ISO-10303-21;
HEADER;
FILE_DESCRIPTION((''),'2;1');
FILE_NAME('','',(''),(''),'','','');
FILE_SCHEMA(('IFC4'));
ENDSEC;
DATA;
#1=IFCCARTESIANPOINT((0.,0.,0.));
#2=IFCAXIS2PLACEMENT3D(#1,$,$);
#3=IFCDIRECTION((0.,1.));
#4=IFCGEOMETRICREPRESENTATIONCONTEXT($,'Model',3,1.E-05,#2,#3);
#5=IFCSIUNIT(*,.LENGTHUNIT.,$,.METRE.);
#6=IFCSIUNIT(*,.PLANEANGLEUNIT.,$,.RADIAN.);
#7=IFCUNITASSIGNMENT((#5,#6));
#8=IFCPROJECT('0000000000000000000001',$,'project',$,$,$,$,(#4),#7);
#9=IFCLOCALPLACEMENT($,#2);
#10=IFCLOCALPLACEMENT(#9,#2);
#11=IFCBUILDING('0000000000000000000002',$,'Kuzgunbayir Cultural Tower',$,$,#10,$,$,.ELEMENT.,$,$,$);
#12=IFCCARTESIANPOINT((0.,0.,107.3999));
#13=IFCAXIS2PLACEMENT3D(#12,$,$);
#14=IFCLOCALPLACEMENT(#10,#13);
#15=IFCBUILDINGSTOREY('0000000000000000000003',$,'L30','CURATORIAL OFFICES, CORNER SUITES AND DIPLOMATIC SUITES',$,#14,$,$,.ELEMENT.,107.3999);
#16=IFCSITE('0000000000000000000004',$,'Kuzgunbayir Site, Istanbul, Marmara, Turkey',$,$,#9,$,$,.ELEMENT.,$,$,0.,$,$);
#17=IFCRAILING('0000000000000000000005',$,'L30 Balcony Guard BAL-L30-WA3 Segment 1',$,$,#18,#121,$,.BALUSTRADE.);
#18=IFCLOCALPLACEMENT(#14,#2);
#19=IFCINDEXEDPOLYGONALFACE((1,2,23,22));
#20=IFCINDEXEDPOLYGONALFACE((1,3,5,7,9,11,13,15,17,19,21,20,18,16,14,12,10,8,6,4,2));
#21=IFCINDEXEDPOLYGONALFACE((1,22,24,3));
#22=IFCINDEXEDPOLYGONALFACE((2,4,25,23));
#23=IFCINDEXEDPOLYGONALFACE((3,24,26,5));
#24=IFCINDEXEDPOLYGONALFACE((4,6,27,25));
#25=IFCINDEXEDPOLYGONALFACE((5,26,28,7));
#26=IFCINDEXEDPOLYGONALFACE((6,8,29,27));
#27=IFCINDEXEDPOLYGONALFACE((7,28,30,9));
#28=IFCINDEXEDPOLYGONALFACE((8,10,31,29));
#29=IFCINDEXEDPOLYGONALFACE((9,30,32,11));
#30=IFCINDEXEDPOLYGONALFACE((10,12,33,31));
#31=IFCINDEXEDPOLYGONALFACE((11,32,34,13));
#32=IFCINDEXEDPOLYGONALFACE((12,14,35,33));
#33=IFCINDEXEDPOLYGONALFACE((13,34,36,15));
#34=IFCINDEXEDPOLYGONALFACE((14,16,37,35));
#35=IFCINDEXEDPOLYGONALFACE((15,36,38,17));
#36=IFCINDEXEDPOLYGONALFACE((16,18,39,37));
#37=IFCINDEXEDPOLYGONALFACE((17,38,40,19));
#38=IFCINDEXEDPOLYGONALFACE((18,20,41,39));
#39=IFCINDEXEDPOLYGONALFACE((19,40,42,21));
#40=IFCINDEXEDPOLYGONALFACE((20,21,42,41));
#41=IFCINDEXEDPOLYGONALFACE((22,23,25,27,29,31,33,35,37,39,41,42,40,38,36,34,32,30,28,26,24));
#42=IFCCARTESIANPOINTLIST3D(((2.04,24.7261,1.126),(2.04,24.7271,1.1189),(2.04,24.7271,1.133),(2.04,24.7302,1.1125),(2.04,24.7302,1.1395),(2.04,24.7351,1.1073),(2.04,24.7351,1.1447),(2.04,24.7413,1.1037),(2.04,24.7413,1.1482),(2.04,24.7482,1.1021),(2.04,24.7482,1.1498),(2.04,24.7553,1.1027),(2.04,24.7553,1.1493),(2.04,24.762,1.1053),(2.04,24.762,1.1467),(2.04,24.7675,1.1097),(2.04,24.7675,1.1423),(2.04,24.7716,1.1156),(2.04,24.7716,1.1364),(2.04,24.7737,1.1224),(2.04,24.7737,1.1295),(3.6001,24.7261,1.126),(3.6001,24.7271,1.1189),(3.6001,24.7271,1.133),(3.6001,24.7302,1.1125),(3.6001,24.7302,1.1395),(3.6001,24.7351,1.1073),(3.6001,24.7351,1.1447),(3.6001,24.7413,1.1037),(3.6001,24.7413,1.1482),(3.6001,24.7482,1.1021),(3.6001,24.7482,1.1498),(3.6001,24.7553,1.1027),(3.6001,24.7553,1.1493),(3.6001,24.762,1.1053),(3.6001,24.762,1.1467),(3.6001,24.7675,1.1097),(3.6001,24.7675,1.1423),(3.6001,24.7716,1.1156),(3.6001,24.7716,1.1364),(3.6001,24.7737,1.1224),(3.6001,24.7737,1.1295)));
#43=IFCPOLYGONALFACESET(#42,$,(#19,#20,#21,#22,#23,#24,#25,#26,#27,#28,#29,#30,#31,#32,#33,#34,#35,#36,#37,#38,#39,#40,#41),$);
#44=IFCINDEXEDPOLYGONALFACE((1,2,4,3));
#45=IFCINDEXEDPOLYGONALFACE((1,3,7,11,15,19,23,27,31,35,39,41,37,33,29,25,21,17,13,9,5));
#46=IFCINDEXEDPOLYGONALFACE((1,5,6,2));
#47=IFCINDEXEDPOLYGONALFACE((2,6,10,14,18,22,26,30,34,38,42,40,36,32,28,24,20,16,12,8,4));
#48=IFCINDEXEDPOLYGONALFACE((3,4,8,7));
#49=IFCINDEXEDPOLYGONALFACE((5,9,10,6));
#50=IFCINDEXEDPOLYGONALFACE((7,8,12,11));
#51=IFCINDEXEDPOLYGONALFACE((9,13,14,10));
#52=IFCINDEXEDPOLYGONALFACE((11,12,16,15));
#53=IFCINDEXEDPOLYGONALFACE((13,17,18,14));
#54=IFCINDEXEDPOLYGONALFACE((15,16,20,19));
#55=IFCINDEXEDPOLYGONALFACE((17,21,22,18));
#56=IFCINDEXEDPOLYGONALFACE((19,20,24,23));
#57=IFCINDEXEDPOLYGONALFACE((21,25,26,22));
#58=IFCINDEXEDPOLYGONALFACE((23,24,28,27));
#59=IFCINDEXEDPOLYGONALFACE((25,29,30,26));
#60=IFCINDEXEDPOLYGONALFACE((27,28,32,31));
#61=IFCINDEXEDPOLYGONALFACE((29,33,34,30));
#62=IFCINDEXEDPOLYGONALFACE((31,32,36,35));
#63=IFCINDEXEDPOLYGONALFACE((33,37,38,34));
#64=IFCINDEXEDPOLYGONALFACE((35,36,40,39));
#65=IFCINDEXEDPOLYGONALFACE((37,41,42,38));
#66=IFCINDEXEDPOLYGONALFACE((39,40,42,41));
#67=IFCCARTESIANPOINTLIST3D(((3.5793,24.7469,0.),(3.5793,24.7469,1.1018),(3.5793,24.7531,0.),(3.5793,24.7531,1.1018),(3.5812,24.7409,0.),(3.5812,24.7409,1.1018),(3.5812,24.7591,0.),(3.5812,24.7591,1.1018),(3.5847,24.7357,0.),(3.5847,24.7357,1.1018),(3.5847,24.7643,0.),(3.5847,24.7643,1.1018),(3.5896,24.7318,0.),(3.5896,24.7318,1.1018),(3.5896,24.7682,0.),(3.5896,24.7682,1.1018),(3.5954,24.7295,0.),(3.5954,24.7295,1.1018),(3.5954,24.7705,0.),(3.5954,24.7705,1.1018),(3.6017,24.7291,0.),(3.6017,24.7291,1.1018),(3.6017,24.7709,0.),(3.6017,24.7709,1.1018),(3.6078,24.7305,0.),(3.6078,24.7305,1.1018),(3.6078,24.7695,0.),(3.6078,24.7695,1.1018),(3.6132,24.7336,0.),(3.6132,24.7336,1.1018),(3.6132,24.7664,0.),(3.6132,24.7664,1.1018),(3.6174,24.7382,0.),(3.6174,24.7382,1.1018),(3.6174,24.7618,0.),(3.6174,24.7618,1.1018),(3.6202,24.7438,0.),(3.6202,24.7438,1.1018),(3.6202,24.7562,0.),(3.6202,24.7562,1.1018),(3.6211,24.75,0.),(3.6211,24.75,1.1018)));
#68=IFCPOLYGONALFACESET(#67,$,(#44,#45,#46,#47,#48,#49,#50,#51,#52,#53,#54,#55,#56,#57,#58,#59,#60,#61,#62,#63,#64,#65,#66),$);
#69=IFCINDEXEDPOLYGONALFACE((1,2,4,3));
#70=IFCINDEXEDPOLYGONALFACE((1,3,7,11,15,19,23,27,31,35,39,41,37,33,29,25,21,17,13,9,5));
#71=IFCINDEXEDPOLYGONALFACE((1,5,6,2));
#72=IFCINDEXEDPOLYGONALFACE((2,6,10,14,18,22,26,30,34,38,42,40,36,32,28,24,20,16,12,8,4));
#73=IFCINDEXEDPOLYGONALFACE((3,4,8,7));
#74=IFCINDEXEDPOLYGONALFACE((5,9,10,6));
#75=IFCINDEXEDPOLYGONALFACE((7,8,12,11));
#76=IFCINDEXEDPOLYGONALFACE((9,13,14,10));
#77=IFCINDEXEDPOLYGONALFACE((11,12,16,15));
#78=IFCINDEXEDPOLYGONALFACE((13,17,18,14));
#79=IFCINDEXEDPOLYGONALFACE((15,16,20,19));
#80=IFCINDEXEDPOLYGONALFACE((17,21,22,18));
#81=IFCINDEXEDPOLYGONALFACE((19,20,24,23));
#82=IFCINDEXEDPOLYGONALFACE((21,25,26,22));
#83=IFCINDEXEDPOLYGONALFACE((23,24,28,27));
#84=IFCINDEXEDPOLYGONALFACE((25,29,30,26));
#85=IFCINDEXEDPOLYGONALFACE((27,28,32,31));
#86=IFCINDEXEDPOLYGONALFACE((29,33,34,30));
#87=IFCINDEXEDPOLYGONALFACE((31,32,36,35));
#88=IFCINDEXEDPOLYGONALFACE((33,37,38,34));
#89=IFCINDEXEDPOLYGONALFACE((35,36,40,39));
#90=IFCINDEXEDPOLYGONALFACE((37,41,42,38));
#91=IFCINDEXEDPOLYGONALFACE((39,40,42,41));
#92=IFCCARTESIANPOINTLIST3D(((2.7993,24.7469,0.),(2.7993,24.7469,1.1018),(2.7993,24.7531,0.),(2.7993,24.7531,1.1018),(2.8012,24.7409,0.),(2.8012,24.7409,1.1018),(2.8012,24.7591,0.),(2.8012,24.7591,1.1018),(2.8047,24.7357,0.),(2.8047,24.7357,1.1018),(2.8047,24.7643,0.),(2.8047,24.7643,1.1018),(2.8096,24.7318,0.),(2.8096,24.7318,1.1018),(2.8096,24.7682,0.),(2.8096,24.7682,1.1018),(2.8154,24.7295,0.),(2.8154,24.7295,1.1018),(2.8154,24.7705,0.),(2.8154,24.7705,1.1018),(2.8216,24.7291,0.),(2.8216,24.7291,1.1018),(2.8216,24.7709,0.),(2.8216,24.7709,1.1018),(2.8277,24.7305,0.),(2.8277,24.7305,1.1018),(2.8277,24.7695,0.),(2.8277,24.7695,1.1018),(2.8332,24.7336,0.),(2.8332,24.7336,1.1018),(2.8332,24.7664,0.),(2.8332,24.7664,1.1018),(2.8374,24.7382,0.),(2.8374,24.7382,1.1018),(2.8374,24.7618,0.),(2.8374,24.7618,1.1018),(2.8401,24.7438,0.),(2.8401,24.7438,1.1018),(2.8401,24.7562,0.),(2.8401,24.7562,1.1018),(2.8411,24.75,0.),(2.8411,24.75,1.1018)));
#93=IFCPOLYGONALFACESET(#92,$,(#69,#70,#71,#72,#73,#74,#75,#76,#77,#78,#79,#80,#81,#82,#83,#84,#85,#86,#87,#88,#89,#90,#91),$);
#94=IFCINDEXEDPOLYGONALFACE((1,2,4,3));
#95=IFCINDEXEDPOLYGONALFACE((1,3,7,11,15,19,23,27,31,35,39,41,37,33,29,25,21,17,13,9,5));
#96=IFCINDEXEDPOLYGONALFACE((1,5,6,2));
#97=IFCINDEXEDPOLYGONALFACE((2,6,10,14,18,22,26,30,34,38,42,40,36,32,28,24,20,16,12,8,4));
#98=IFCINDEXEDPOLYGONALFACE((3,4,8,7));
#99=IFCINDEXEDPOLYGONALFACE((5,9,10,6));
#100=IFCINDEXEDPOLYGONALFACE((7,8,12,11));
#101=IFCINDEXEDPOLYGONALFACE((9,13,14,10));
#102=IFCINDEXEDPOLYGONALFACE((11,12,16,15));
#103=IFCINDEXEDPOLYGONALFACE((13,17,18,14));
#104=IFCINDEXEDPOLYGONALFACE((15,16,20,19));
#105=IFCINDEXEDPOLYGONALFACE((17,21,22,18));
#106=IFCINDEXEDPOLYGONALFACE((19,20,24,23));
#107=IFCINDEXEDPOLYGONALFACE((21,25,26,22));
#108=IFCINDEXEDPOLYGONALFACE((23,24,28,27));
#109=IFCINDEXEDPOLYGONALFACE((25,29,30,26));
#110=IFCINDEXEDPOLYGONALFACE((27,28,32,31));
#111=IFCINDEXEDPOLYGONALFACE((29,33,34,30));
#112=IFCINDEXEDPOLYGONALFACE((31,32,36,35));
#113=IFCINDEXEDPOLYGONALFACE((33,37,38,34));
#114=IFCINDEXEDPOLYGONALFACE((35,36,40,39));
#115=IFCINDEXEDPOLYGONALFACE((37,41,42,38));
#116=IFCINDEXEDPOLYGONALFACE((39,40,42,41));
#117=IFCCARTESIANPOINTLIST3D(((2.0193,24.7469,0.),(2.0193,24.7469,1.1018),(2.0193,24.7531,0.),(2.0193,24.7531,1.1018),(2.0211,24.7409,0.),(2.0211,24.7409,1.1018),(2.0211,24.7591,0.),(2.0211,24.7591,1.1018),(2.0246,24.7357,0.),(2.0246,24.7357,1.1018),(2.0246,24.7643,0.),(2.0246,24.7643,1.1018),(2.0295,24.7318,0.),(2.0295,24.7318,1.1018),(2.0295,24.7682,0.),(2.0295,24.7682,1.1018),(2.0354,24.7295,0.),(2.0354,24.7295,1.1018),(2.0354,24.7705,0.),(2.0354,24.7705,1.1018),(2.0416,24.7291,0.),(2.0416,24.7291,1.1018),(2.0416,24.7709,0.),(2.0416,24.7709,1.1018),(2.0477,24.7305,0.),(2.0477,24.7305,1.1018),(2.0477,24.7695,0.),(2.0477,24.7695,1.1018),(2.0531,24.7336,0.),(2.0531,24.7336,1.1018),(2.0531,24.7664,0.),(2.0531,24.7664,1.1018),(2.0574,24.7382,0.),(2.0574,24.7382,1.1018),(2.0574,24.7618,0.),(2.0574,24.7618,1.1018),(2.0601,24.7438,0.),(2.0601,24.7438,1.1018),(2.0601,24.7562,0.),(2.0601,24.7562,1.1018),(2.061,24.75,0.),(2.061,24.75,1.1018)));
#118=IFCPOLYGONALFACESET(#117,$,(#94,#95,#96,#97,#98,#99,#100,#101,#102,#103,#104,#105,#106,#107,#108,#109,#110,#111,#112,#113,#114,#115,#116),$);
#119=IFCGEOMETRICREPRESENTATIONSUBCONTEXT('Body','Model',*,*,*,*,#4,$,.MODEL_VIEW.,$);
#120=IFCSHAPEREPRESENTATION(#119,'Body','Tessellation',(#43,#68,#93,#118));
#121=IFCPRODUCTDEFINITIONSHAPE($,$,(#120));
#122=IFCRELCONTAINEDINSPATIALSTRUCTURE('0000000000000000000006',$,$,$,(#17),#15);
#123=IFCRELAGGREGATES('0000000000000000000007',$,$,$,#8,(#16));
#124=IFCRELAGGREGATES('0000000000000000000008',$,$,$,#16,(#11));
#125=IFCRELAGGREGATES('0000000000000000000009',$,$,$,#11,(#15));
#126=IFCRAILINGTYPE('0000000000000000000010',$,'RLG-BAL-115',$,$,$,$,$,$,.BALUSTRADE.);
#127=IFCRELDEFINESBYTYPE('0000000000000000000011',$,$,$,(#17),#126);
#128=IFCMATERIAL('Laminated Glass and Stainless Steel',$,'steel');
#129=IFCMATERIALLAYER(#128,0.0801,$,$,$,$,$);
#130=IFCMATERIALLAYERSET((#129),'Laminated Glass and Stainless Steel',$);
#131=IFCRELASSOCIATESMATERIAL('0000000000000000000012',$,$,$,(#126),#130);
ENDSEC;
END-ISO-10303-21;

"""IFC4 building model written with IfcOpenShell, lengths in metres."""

from ifc_helpers import new_model, si_unit, direction, frame, origin, origin_2d, place, context, subcontext, project, spatial, circle, extrude, material, layer, layer_set, type_object, element, save


model = new_model("IFC4")

# Units and contexts
model_context = context("Model", 3, precision=1e-05, world=origin(), true_north=direction((0.0, 1.0)))
body_context = subcontext(model_context, "Body", "Model", "MODEL_VIEW")
ifc_project = project(units=[si_unit("LENGTHUNIT", "METRE"), si_unit("PLANEANGLEUNIT", "RADIAN")], contexts=[model_context])

# Site, building, storey
site_placement = place(None, origin())
site = spatial("IfcSite", under=ifc_project, at=site_placement, Name="Kuzgunbayir Site, Istanbul, Marmara, Turkey", CompositionType="ELEMENT", RefElevation=0.0)
building_placement = place(site_placement, origin())
building = spatial("IfcBuilding", under=site, at=building_placement, Name="Kuzgunbayir Cultural Tower", CompositionType="ELEMENT")
storey_placement = place(building_placement, frame((0.0, 0.0, 107.3999)))
storey = spatial("IfcBuildingStorey", under=building, at=storey_placement, Name="L30", Description="CURATORIAL OFFICES, CORNER SUITES AND DIPLOMATIC SUITES", CompositionType="ELEMENT", Elevation=107.3999)

# Railing
ifc_material_1 = material(Name="Laminated Glass and Stainless Steel", Category="steel")
ifc_layer_1 = layer(ifc_material_1, 0.0801)
ifc_layer_set_1 = layer_set([ifc_layer_1], Name="Laminated Glass and Stainless Steel")
railing_type = type_object("IfcRailingType", Name="RLG-BAL-115", PredefinedType="BALUSTRADE", material=ifc_layer_set_1)
railing_1_placement = place(storey_placement, frame((3.6001, 24.75, 0.0)))
element("IfcRailing", 1, at=railing_1_placement, inside=storey, type_object=railing_type, Name="L30 Balcony Guard BAL-L30-WA3 Segment 1", PredefinedType="BALUSTRADE", context=body_context, shape_type="SweptSolid", body=[
    extrude(circle(Radius=0.0239, at=origin_2d()), frame((0.0, 0.0, 1.126), z_axis=(-1.0, 0.0, 0.0), x_axis=(0.0, -1.0, 0.0)), (0.0, 0.0, 1.0), 1.5601),
    extrude(circle(Radius=0.021, at=origin_2d()), origin(), (0.0, 0.0, 1.0), 1.1018),
    extrude(circle(Radius=0.021, at=origin_2d()), frame((-0.78, 0.0, 0.0)), (0.0, 0.0, 1.0), 1.1018),
    extrude(circle(Radius=0.021, at=origin_2d()), frame((-1.5601, 0.0, 0.0)), (0.0, 0.0, 1.0), 1.1018),
])

save(model, "model.ifc")
